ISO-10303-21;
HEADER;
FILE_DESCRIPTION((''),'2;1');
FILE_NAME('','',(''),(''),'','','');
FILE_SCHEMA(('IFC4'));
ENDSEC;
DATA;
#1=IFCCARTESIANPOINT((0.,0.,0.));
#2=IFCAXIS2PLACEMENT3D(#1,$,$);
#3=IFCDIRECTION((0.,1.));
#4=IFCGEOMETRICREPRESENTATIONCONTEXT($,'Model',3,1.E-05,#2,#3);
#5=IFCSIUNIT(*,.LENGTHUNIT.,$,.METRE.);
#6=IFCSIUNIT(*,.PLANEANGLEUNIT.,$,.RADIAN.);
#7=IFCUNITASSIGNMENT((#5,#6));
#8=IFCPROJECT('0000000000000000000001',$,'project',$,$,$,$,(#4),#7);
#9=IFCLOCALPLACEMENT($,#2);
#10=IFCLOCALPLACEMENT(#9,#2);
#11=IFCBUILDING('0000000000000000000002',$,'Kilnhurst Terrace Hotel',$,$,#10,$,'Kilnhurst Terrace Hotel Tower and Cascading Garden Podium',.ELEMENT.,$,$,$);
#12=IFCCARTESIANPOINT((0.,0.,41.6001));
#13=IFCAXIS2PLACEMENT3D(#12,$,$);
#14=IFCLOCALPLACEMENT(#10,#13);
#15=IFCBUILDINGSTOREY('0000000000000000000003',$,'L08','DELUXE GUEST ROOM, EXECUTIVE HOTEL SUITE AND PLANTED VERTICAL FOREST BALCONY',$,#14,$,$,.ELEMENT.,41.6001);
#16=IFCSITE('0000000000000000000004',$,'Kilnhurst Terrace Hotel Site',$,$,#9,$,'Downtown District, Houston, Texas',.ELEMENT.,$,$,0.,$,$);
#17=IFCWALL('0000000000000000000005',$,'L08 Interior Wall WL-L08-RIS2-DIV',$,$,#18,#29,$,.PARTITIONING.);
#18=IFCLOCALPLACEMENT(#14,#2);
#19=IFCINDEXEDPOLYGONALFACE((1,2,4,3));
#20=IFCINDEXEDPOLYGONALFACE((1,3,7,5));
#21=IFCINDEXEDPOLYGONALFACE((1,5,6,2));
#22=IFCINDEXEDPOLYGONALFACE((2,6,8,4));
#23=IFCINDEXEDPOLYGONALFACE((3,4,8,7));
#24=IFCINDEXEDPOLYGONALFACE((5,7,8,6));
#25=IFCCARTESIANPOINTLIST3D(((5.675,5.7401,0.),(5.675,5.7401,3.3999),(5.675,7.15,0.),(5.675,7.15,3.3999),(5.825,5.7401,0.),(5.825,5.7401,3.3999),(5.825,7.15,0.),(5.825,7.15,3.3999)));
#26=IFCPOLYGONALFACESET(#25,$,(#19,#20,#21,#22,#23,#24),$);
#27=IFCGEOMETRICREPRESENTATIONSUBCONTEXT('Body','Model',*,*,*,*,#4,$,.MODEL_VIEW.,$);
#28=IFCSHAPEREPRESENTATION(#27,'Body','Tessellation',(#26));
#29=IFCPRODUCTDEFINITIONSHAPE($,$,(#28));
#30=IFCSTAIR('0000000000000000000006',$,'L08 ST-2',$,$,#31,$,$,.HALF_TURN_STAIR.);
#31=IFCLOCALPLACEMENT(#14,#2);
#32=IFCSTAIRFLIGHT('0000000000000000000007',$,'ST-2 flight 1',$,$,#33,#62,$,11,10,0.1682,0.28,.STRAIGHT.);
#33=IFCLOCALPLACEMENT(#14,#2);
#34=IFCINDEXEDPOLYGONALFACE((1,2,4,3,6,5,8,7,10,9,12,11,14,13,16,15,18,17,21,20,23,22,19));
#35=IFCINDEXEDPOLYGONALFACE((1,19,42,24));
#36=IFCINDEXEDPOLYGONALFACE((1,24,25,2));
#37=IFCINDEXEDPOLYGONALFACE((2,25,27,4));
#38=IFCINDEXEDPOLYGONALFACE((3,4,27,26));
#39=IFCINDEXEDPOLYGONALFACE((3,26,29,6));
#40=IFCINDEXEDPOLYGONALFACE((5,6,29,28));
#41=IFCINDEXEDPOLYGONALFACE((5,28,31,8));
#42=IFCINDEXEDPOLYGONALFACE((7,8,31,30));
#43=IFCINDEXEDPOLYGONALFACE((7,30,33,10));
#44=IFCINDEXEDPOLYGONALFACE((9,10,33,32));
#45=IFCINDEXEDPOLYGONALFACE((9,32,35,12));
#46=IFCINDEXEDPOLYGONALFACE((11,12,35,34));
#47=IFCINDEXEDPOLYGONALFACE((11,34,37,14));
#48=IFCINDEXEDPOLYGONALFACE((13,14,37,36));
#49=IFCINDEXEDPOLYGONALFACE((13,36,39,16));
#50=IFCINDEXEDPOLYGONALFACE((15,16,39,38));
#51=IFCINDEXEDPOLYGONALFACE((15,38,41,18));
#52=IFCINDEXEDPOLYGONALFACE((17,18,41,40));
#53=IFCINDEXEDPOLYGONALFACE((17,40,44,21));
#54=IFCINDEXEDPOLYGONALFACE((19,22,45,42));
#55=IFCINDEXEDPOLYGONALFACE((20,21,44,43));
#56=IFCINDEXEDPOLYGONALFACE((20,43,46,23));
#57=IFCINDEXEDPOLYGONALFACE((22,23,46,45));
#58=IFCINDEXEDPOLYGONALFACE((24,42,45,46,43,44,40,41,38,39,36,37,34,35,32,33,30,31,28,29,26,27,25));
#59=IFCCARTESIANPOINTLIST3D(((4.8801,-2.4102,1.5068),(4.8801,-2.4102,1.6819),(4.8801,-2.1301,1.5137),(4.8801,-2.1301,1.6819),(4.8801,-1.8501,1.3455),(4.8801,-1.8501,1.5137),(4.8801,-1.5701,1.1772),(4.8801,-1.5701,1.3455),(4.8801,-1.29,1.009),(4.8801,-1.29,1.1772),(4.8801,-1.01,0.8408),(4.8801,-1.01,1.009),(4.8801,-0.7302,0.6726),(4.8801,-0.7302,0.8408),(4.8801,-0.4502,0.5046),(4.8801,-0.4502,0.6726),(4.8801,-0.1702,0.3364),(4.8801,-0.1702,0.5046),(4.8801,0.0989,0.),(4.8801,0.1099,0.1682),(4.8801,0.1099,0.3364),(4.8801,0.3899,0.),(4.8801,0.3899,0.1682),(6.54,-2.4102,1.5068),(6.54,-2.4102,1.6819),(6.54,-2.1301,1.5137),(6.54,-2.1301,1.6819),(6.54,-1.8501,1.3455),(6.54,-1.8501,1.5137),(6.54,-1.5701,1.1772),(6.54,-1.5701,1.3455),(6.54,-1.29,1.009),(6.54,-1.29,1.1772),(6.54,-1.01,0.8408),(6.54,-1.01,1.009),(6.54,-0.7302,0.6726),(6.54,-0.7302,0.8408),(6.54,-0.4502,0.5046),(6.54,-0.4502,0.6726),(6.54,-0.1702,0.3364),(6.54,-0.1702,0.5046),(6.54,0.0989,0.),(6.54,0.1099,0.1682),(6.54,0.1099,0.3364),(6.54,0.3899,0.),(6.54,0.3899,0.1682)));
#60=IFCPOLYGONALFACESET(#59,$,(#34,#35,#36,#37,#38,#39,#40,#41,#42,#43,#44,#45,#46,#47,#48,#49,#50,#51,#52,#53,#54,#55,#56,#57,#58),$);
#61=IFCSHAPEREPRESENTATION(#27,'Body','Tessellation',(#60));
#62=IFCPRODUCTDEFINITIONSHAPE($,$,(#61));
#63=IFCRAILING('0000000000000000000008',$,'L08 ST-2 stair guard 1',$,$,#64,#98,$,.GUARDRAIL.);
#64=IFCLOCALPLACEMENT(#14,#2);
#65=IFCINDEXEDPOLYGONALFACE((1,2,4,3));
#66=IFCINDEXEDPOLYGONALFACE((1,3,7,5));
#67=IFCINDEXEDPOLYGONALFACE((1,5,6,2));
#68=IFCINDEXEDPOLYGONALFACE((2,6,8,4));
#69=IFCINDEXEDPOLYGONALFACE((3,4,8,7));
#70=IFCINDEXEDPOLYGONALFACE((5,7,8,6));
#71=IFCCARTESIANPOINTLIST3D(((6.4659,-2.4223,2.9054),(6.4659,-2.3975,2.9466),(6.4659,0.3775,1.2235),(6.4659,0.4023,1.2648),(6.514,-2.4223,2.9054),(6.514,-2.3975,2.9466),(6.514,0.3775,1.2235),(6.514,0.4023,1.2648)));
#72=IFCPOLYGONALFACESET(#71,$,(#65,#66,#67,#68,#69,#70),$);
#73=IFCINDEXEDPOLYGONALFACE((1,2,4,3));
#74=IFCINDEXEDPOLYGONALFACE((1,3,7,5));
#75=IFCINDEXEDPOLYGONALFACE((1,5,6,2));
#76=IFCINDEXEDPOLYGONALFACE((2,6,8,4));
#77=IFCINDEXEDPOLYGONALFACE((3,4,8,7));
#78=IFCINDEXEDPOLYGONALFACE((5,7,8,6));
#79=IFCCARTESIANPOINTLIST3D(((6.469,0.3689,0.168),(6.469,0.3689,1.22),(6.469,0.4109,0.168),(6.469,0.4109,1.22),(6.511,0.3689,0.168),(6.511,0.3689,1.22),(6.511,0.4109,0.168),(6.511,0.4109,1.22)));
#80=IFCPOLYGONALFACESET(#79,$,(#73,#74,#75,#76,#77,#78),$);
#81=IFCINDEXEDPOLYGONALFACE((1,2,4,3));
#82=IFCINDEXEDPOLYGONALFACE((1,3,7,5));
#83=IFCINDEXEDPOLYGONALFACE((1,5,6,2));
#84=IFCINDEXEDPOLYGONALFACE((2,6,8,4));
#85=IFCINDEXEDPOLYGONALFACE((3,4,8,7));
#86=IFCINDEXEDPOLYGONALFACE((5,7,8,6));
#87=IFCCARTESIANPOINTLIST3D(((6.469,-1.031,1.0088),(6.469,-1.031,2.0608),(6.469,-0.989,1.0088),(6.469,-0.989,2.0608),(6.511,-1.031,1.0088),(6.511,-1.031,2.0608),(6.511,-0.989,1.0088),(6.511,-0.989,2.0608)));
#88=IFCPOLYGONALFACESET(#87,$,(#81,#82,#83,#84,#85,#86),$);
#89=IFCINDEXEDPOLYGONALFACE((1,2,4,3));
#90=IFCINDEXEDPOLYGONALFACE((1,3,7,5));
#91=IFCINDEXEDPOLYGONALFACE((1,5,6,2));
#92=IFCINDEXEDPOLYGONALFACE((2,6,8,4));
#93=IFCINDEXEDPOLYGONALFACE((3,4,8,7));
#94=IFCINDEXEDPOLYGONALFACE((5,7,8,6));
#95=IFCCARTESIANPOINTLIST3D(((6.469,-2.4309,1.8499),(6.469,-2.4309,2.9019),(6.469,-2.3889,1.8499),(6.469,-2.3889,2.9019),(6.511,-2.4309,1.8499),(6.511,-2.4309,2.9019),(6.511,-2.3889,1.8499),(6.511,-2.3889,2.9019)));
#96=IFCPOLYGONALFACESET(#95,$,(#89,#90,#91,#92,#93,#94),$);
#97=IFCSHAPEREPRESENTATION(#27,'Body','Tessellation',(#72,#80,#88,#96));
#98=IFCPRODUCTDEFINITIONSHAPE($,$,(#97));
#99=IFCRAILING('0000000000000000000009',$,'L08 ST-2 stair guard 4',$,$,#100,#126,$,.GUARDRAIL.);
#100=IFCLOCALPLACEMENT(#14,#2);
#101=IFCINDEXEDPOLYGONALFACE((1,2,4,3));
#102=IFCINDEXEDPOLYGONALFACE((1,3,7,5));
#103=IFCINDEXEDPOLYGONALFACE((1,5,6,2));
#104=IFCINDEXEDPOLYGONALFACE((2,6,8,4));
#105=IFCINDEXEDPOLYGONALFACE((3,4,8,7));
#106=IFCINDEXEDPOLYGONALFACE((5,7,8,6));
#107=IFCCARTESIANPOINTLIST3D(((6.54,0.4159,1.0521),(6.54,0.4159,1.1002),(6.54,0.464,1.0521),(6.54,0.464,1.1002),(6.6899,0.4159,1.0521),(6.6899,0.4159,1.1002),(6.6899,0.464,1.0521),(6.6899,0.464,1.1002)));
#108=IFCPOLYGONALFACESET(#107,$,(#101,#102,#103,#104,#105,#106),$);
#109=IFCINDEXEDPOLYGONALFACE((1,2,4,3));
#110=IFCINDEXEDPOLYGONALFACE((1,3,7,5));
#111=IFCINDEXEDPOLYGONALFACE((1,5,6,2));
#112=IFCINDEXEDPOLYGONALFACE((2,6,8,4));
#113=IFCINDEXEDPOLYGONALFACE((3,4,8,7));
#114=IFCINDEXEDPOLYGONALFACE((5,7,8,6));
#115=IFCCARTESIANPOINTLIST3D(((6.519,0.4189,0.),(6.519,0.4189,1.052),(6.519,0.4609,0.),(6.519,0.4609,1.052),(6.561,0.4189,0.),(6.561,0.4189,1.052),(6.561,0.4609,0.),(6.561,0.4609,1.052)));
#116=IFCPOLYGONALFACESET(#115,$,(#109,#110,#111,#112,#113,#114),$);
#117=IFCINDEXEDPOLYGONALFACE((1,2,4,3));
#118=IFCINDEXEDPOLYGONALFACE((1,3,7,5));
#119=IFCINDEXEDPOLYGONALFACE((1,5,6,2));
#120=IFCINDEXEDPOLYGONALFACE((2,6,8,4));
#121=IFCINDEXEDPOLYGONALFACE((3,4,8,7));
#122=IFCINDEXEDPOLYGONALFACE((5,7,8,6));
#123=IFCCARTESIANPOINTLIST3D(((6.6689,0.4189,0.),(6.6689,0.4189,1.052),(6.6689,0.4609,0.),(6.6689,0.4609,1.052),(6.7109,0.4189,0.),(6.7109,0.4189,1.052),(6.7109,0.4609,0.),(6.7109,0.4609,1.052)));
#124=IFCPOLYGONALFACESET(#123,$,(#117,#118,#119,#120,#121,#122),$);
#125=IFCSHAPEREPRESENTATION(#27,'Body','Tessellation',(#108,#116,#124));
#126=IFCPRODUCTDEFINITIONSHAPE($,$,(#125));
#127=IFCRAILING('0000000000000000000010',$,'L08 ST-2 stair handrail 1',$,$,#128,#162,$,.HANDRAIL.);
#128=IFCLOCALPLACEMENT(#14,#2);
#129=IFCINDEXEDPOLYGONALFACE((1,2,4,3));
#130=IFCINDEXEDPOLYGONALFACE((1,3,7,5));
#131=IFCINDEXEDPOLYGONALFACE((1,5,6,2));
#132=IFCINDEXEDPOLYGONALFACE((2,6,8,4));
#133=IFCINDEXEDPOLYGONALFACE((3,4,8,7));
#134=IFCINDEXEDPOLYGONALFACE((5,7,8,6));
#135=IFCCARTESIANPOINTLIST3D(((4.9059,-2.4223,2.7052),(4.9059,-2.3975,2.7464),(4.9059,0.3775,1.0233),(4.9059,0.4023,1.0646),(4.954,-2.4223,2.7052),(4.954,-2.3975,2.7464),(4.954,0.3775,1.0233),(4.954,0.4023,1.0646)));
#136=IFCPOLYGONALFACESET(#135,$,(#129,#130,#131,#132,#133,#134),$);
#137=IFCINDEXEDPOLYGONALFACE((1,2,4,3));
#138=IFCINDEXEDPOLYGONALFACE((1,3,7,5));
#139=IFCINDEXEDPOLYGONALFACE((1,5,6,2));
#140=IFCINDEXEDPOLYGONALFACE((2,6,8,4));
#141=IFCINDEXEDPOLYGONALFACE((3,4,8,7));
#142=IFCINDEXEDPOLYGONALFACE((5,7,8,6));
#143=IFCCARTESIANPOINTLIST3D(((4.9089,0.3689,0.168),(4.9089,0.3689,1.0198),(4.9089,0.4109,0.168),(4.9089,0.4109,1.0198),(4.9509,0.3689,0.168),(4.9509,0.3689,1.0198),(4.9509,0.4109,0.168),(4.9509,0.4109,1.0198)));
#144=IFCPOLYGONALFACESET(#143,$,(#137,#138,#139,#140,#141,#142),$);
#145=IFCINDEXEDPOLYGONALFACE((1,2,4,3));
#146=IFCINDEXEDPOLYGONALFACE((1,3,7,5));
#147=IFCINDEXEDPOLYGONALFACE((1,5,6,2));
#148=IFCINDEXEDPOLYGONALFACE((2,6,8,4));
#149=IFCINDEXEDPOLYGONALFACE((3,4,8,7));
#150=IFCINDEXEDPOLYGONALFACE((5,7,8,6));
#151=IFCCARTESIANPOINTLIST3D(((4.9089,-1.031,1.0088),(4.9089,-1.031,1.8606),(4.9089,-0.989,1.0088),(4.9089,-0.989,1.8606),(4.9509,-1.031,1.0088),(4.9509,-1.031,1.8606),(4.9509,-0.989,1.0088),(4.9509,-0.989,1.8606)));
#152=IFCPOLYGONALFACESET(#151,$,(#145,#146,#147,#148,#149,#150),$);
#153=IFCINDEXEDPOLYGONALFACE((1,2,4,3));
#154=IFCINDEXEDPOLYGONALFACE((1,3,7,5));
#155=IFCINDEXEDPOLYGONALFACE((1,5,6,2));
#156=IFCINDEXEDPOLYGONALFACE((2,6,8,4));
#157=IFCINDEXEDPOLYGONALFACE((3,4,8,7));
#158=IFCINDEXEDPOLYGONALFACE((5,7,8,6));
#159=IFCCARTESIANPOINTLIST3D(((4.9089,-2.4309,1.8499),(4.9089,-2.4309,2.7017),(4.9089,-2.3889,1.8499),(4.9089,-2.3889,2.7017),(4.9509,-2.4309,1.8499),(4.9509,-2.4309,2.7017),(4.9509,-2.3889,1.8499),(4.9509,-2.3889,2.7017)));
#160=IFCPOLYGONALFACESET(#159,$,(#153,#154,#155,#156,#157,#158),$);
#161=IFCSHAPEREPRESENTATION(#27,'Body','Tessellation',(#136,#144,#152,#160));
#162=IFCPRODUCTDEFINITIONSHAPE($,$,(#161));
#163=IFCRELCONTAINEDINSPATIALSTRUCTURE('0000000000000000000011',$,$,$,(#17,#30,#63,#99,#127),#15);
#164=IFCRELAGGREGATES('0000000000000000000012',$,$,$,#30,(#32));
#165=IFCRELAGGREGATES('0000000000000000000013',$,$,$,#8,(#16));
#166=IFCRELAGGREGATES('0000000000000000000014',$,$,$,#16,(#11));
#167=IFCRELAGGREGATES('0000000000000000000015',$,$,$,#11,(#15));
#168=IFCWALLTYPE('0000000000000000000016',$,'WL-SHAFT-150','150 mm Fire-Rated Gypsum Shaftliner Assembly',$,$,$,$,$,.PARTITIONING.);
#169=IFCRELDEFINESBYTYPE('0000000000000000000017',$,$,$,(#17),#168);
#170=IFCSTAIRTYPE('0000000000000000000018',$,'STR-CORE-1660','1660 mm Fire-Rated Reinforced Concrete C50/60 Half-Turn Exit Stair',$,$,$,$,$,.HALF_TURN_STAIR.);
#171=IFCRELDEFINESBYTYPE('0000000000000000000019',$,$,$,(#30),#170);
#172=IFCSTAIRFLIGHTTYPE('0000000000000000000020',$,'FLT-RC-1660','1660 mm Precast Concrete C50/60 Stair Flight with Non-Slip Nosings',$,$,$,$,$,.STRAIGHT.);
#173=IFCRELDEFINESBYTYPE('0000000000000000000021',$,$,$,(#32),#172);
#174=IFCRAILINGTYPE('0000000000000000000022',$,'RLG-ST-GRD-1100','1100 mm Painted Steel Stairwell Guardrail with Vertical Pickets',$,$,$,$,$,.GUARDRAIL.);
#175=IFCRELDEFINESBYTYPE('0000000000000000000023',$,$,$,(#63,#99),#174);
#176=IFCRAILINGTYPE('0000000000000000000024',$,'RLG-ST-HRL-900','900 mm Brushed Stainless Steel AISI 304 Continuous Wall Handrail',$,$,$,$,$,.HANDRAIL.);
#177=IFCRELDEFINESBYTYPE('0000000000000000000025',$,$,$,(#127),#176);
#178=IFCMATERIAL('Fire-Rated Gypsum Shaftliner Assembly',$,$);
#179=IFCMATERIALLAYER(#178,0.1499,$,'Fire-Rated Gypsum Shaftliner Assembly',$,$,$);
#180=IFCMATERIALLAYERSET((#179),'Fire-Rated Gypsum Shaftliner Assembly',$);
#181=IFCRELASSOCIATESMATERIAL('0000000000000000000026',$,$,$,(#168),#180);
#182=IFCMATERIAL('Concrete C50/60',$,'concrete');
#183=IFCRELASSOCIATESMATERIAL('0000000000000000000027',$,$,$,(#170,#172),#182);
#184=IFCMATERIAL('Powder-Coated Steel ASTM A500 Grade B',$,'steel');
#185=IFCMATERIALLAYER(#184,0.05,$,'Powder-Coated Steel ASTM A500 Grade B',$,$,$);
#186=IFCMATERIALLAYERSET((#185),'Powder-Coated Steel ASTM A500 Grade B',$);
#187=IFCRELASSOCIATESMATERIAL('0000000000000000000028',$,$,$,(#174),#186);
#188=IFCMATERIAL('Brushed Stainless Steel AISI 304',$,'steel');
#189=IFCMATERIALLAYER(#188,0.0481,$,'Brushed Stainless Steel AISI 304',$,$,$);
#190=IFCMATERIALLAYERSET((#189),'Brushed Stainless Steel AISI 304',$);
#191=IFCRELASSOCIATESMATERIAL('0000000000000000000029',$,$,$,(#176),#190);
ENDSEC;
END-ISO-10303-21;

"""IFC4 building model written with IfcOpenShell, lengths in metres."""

from ifc_helpers import new_model, si_unit, direction, frame, frame_2d, origin, origin_2d, place, context, subcontext, project, spatial, polyline, rectangle, outline, extrude, material, layer, layer_set, type_object, element, aggregate, save


model = new_model("IFC4")

# Units and contexts
model_context = context("Model", 3, precision=1e-05, world=origin(), true_north=direction((0.0, 1.0)))
body_context = subcontext(model_context, "Body", "Model", "MODEL_VIEW")
ifc_project = project(units=[si_unit("LENGTHUNIT", "METRE"), si_unit("PLANEANGLEUNIT", "RADIAN")], contexts=[model_context])

# Site, building, storey
site_placement = place(None, origin())
site = spatial("IfcSite", under=ifc_project, at=site_placement, Name="Kilnhurst Terrace Hotel Site", LongName="Downtown District, Houston, Texas", CompositionType="ELEMENT", RefElevation=0.0)
building_placement = place(site_placement, origin())
building = spatial("IfcBuilding", under=site, at=building_placement, Name="Kilnhurst Terrace Hotel", LongName="Kilnhurst Terrace Hotel Tower and Cascading Garden Podium", CompositionType="ELEMENT")
storey_placement = place(building_placement, frame((0.0, 0.0, 41.6001)))
storey = spatial("IfcBuildingStorey", under=building, at=storey_placement, Name="L08", Description="DELUXE GUEST ROOM, EXECUTIVE HOTEL SUITE AND PLANTED VERTICAL FOREST BALCONY", CompositionType="ELEMENT", Elevation=41.6001)

# Shared definitions
ifc_material_1 = material(Name="Concrete C50/60", Category="concrete")

# Wall
ifc_material_2 = material(Name="Fire-Rated Gypsum Shaftliner Assembly")
ifc_layer_1 = layer(ifc_material_2, 0.1499, Name="Fire-Rated Gypsum Shaftliner Assembly")
ifc_layer_set_1 = layer_set([ifc_layer_1], Name="Fire-Rated Gypsum Shaftliner Assembly")
wall_type_1 = type_object("IfcWallType", Name="WL-SHAFT-150", Description="150 mm Fire-Rated Gypsum Shaftliner Assembly", PredefinedType="PARTITIONING", material=ifc_layer_set_1)
wall_1_placement = place(storey_placement, frame((5.75, 5.74, 0.0), z_axis=(0.0, 0.0, 1.0), x_axis=(0.0, 1.0, 0.0)))
element("IfcWall", 1, at=wall_1_placement, inside=storey, type_object=wall_type_1, Name="L08 Interior Wall WL-L08-RIS2-DIV", PredefinedType="PARTITIONING", context=body_context, shape_type="SweptSolid", body=[
    extrude(rectangle(XDim=1.4099, YDim=0.1499, at=frame_2d((0.7051, 0.0))), origin(), (0.0, 0.0, 1.0), 3.3999),
])

# Stair, stair flight
stair_type = type_object("IfcStairType", Name="STR-CORE-1660", Description="1660 mm Fire-Rated Reinforced Concrete C50/60 Half-Turn Exit Stair", PredefinedType="HALF_TURN_STAIR", material=ifc_material_1)
stair_placement = place(storey_placement, origin())
stair = element("IfcStair", 2, at=stair_placement, inside=storey, type_object=stair_type, Name="L08 ST-2", PredefinedType="HALF_TURN_STAIR")
stair_flight_type = type_object("IfcStairFlightType", Name="FLT-RC-1660", Description="1660 mm Precast Concrete C50/60 Stair Flight with Non-Slip Nosings", PredefinedType="STRAIGHT", material=ifc_material_1)
stair_flight_placement = place(storey_placement, frame((5.71, 0.3899, 0.0), z_axis=(0.0, 0.0, 1.0), x_axis=(0.0, -1.0, 0.0)))
stair_flight = element("IfcStairFlight", 3, at=stair_flight_placement, type_object=stair_flight_type, Name="ST-2 flight 1", NumberOfRisers=11, NumberOfTreads=10, PredefinedType="STRAIGHT", RiserHeight=0.1682, TreadLength=0.28, context=body_context, shape_type="SweptSolid", body=[
    extrude(outline(polyline([(0.0, 0.0), (0.0, 0.1682), (0.28, 0.1682), (0.28, 0.3364), (0.5601, 0.3364), (0.5601, 0.5046), (0.8401, 0.5046), (0.8401, 0.6726), (1.1201, 0.6726), (1.1201, 0.8408), (1.3999, 0.8408), (1.3999, 1.009), (1.6799, 1.009), (1.6799, 1.1772), (1.96, 1.1772), (1.96, 1.3455), (2.24, 1.3455), (2.24, 1.5137), (2.52, 1.5137), (2.52, 1.6819), (2.8, 1.6819), (2.8, 1.8501), (2.8, 1.5068), (0.291, 0.0), (0.0, 0.0)])), frame((0.0, 0.8301, 0.0), z_axis=(0.0, -1.0, 0.0), x_axis=(1.0, 0.0, 0.0)), (0.0, 0.0, 1.0), 1.6599),
])
aggregate(stair, [stair_flight])

# Railings
ifc_material_3 = material(Name="Powder-Coated Steel ASTM A500 Grade B", Category="steel")
ifc_layer_2 = layer(ifc_material_3, 0.05, Name="Powder-Coated Steel ASTM A500 Grade B")
ifc_layer_set_2 = layer_set([ifc_layer_2], Name="Powder-Coated Steel ASTM A500 Grade B")
railing_type_1 = type_object("IfcRailingType", Name="RLG-ST-GRD-1100", Description="1100 mm Painted Steel Stairwell Guardrail with Vertical Pickets", PredefinedType="GUARDRAIL", material=ifc_layer_set_2)
railing_1_placement = place(storey_placement, frame((6.49, 0.3899, 0.168)))
element("IfcRailing", 4, at=railing_1_placement, inside=storey, type_object=railing_type_1, Name="L08 ST-2 stair guard 1", PredefinedType="GUARDRAIL", context=body_context, shape_type="SweptSolid", body=[
    extrude(rectangle(XDim=0.0481, YDim=0.0481, at=origin_2d()), frame((0.0, 0.0, 1.0762), z_axis=(0.0, -0.857222, 0.514946), x_axis=(1.0, 0.0, 0.0)), (0.0, 0.0, 1.0), 3.2661),
    extrude(rectangle(XDim=0.042, YDim=0.042, at=origin_2d()), origin(), (0.0, 0.0, 1.0), 1.052),
    extrude(rectangle(XDim=0.042, YDim=0.042, at=origin_2d()), frame((0.0, -1.3999, 0.8408)), (0.0, 0.0, 1.0), 1.052),
    extrude(rectangle(XDim=0.042, YDim=0.042, at=origin_2d()), frame((0.0, -2.7998, 1.6819)), (0.0, 0.0, 1.0), 1.052),
])
railing_2_placement = place(storey_placement, frame((6.54, 0.4399, 0.0)))
element("IfcRailing", 5, at=railing_2_placement, inside=storey, type_object=railing_type_1, Name="L08 ST-2 stair guard 4", PredefinedType="GUARDRAIL", context=body_context, shape_type="SweptSolid", body=[
    extrude(rectangle(XDim=0.0481, YDim=0.0481, at=origin_2d()), frame((0.0, 0.0, 1.0762), z_axis=(1.0, 0.0, 0.0), x_axis=(0.0, 1.0, 0.0)), (0.0, 0.0, 1.0), 0.1499),
    extrude(rectangle(XDim=0.042, YDim=0.042, at=origin_2d()), origin(), (0.0, 0.0, 1.0), 1.052),
    extrude(rectangle(XDim=0.042, YDim=0.042, at=origin_2d()), frame((0.1499, 0.0, 0.0)), (0.0, 0.0, 1.0), 1.052),
])
ifc_material_4 = material(Name="Brushed Stainless Steel AISI 304", Category="steel")
ifc_layer_3 = layer(ifc_material_4, 0.0481, Name="Brushed Stainless Steel AISI 304")
ifc_layer_set_3 = layer_set([ifc_layer_3], Name="Brushed Stainless Steel AISI 304")
railing_type_2 = type_object("IfcRailingType", Name="RLG-ST-HRL-900", Description="900 mm Brushed Stainless Steel AISI 304 Continuous Wall Handrail", PredefinedType="HANDRAIL", material=ifc_layer_set_3)
railing_3_placement = place(storey_placement, frame((4.9299, 0.3899, 0.168)))
element("IfcRailing", 6, at=railing_3_placement, inside=storey, type_object=railing_type_2, Name="L08 ST-2 stair handrail 1", PredefinedType="HANDRAIL", context=body_context, shape_type="SweptSolid", body=[
    extrude(rectangle(XDim=0.0481, YDim=0.0481, at=origin_2d()), frame((0.0, 0.0, 0.876), z_axis=(0.0, -0.857222, 0.514946), x_axis=(1.0, 0.0, 0.0)), (0.0, 0.0, 1.0), 3.2661),
    extrude(rectangle(XDim=0.042, YDim=0.042, at=origin_2d()), origin(), (0.0, 0.0, 1.0), 0.8518),
    extrude(rectangle(XDim=0.042, YDim=0.042, at=origin_2d()), frame((0.0, -1.3999, 0.8408)), (0.0, 0.0, 1.0), 0.8518),
    extrude(rectangle(XDim=0.042, YDim=0.042, at=origin_2d()), frame((0.0, -2.7998, 1.6819)), (0.0, 0.0, 1.0), 0.8518),
])

save(model, "model.ifc")
